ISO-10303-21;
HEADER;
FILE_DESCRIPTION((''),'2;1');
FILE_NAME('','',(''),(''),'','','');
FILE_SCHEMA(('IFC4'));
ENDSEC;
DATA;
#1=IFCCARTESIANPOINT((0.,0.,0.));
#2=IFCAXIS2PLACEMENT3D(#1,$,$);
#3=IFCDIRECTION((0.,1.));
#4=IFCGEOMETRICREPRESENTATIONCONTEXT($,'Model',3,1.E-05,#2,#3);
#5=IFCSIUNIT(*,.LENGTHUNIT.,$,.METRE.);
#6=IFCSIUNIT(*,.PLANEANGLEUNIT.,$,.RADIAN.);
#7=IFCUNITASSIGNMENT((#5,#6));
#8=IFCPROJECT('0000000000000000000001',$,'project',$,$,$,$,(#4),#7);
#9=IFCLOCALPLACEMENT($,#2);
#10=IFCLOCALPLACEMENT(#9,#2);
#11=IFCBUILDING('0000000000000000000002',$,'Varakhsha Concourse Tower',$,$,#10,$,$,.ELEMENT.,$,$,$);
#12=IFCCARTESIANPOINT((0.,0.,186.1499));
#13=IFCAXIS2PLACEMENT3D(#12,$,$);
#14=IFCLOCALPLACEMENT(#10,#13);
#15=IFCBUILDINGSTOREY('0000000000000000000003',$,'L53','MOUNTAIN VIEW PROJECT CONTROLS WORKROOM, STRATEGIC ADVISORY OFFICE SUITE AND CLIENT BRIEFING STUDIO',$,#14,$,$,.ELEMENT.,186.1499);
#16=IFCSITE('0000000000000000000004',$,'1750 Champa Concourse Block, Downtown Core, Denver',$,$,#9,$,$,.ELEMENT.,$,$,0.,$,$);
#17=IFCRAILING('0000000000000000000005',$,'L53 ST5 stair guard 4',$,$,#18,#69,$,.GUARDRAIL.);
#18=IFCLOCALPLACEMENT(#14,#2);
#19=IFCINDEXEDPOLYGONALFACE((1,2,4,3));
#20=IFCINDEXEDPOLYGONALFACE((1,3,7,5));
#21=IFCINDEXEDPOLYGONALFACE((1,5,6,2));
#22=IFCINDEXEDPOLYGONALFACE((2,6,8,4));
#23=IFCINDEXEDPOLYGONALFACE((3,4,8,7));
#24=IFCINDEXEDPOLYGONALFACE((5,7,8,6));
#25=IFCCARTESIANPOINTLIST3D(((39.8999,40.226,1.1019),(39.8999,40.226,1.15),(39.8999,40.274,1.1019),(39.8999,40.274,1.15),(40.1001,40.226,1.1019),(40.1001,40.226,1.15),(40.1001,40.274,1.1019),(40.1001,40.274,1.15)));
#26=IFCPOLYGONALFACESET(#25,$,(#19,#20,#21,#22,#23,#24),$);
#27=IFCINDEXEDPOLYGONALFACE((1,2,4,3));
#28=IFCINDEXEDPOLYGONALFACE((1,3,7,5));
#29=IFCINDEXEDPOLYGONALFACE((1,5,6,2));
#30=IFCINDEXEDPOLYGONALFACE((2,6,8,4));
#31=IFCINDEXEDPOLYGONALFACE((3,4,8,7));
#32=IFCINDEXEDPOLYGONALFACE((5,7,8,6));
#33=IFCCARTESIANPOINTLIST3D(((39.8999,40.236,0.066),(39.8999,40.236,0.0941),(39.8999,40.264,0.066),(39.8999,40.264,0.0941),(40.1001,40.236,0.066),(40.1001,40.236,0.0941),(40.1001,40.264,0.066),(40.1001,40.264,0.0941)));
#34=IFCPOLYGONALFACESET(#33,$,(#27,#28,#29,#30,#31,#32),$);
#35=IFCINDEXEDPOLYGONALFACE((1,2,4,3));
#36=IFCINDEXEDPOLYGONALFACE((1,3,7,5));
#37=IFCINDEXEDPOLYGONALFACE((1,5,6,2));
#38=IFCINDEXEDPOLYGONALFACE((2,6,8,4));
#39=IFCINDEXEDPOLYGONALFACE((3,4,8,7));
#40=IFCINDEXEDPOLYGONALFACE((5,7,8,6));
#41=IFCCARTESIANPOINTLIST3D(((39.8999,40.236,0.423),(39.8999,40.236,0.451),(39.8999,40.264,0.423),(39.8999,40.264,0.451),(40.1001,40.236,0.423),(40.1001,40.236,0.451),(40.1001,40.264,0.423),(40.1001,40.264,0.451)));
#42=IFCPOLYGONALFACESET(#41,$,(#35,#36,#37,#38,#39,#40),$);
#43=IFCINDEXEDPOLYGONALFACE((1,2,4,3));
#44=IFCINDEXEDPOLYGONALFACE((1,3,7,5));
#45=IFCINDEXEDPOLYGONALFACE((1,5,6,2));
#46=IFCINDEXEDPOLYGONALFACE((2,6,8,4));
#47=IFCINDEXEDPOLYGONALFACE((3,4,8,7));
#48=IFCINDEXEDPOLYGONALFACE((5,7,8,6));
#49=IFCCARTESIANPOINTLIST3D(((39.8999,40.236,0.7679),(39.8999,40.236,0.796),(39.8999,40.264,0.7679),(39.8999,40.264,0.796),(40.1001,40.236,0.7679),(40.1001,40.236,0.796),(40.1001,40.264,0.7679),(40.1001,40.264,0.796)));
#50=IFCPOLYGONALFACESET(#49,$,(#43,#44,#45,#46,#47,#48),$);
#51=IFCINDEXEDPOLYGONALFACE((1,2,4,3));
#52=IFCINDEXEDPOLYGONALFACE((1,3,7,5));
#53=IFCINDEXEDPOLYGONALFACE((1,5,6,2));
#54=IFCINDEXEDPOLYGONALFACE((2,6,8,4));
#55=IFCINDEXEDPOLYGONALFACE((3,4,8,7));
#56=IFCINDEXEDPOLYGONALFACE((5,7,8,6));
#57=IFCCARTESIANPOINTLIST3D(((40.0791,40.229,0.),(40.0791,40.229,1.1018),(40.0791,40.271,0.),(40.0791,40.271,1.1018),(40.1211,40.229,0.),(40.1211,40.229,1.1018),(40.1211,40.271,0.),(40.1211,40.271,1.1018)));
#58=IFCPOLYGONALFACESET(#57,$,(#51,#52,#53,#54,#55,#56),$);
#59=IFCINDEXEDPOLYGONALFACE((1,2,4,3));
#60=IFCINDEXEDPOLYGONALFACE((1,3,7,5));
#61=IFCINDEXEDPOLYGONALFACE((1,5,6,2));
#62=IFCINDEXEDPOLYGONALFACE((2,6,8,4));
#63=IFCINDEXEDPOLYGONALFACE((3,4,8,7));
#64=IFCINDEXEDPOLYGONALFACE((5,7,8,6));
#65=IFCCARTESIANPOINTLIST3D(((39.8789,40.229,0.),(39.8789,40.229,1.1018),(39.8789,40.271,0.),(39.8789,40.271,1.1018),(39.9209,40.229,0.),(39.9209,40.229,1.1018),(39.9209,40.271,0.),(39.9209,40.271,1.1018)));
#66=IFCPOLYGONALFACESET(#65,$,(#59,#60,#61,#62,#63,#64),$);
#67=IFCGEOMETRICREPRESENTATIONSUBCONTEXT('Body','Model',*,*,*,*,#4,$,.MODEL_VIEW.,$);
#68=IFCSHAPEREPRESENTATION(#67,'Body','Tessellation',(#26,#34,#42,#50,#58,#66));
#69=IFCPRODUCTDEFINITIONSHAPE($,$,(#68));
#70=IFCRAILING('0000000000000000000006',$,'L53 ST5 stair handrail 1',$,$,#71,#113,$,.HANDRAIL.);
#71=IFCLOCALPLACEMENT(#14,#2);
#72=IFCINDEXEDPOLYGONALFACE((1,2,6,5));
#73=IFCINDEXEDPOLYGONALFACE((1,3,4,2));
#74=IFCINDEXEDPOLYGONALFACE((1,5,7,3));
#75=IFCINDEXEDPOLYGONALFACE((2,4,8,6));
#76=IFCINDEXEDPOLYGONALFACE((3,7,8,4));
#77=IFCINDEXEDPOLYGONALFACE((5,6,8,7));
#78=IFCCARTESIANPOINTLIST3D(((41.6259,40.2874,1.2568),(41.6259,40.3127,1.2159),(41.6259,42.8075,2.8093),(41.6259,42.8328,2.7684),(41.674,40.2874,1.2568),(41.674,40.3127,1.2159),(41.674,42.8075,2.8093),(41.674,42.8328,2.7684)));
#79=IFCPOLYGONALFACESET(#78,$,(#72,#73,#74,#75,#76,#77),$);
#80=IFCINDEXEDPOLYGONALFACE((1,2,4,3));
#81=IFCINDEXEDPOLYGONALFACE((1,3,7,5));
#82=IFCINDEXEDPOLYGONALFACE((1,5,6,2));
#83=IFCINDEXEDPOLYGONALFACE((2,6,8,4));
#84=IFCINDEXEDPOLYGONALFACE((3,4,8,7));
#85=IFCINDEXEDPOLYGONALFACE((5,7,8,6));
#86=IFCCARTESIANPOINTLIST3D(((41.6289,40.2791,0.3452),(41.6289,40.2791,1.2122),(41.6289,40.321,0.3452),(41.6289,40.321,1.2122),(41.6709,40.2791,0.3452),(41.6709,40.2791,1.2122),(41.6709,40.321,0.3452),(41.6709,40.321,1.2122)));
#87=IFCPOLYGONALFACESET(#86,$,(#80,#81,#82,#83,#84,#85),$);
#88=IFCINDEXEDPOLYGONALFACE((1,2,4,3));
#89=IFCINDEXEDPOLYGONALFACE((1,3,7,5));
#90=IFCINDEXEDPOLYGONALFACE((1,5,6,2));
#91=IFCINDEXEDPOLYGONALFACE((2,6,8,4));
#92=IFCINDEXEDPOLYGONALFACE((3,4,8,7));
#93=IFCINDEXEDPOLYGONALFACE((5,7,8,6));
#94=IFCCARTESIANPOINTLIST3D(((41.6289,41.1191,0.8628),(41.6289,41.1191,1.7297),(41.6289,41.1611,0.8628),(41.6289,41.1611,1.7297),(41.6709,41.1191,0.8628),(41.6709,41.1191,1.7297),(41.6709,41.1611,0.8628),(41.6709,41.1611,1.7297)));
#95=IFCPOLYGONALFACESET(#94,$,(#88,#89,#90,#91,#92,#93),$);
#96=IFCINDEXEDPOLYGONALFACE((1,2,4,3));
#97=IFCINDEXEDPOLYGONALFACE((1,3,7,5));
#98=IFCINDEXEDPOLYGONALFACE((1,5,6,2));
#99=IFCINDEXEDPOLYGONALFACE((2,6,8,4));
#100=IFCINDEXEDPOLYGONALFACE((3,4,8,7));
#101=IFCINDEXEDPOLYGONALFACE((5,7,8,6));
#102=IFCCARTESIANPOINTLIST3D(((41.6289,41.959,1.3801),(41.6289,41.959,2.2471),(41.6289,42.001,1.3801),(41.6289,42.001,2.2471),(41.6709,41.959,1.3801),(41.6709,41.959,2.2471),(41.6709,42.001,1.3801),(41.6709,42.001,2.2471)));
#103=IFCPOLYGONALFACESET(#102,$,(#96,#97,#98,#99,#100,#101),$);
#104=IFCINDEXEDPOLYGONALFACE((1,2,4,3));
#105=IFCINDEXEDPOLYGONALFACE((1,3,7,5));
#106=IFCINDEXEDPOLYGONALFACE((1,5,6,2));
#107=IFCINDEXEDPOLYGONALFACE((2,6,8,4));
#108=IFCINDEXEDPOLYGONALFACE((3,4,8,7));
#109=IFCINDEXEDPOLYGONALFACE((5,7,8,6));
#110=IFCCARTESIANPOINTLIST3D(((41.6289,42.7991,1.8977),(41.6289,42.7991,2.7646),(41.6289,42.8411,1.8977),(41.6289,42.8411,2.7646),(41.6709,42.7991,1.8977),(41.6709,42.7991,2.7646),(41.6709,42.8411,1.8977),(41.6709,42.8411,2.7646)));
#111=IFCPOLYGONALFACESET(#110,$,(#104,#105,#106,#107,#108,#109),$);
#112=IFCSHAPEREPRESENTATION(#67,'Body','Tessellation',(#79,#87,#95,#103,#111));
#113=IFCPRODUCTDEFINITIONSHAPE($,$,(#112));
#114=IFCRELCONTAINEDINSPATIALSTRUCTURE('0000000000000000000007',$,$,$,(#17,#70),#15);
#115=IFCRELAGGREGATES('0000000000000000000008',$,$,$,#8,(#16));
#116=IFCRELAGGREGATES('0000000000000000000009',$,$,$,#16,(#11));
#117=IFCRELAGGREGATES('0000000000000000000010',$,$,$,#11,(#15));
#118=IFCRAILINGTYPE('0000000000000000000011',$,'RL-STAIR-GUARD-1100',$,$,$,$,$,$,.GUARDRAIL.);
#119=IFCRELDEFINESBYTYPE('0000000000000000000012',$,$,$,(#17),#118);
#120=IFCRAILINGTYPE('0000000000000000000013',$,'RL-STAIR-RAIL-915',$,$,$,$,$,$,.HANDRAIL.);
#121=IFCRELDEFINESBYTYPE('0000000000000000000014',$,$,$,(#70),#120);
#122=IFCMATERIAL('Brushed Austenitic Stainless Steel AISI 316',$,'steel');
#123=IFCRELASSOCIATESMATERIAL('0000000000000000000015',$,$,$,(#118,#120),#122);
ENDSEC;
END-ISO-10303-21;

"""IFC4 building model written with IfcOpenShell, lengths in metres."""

from ifc_helpers import new_model, si_unit, direction, frame, origin, origin_2d, place, context, subcontext, project, spatial, rectangle, extrude, material, type_object, element, save


model = new_model("IFC4")

# Units and contexts
model_context = context("Model", 3, precision=1e-05, world=origin(), true_north=direction((0.0, 1.0)))
body_context = subcontext(model_context, "Body", "Model", "MODEL_VIEW")
ifc_project = project(units=[si_unit("LENGTHUNIT", "METRE"), si_unit("PLANEANGLEUNIT", "RADIAN")], contexts=[model_context])

# Site, building, storey
site_placement = place(None, origin())
site = spatial("IfcSite", under=ifc_project, at=site_placement, Name="1750 Champa Concourse Block, Downtown Core, Denver", CompositionType="ELEMENT", RefElevation=0.0)
building_placement = place(site_placement, origin())
building = spatial("IfcBuilding", under=site, at=building_placement, Name="Varakhsha Concourse Tower", CompositionType="ELEMENT")
storey_placement = place(building_placement, frame((0.0, 0.0, 186.1499)))
storey = spatial("IfcBuildingStorey", under=building, at=storey_placement, Name="L53", Description="MOUNTAIN VIEW PROJECT CONTROLS WORKROOM, STRATEGIC ADVISORY OFFICE SUITE AND CLIENT BRIEFING STUDIO", CompositionType="ELEMENT", Elevation=186.1499)

# Railings
ifc_material_1 = material(Name="Brushed Austenitic Stainless Steel AISI 316", Category="steel")
railing_type_1 = type_object("IfcRailingType", Name="RL-STAIR-GUARD-1100", PredefinedType="GUARDRAIL", material=ifc_material_1)
railing_1_placement = place(storey_placement, frame((40.1001, 40.25, 0.0)))
element("IfcRailing", 1, at=railing_1_placement, inside=storey, type_object=railing_type_1, Name="L53 ST5 stair guard 4", PredefinedType="GUARDRAIL", context=body_context, shape_type="SweptSolid", body=[
    extrude(rectangle(XDim=0.0481, YDim=0.0481, at=origin_2d()), frame((0.0, 0.0, 1.126), z_axis=(-1.0, 0.0, 0.0), x_axis=(0.0, -1.0, 0.0)), (0.0, 0.0, 1.0), 0.2002),
    extrude(rectangle(XDim=0.0281, YDim=0.0281, at=origin_2d()), frame((0.0, 0.0, 0.0801), z_axis=(-1.0, 0.0, 0.0), x_axis=(0.0, -1.0, 0.0)), (0.0, 0.0, 1.0), 0.2002),
    extrude(rectangle(XDim=0.0281, YDim=0.0281, at=origin_2d()), frame((0.0, 0.0, 0.437), z_axis=(-1.0, 0.0, 0.0), x_axis=(0.0, -1.0, 0.0)), (0.0, 0.0, 1.0), 0.2002),
    extrude(rectangle(XDim=0.0281, YDim=0.0281, at=origin_2d()), frame((0.0, 0.0, 0.782), z_axis=(-1.0, 0.0, 0.0), x_axis=(0.0, -1.0, 0.0)), (0.0, 0.0, 1.0), 0.2002),
    extrude(rectangle(XDim=0.042, YDim=0.042, at=origin_2d()), origin(), (0.0, 0.0, 1.0), 1.1018),
    extrude(rectangle(XDim=0.042, YDim=0.042, at=origin_2d()), frame((-0.2002, 0.0, 0.0)), (0.0, 0.0, 1.0), 1.1018),
])
railing_type_2 = type_object("IfcRailingType", Name="RL-STAIR-RAIL-915", PredefinedType="HANDRAIL", material=ifc_material_1)
railing_2_placement = place(storey_placement, frame((41.6499, 40.3, 0.3452)))
element("IfcRailing", 2, at=railing_2_placement, inside=storey, type_object=railing_type_2, Name="L53 ST5 stair handrail 1", PredefinedType="HANDRAIL", context=body_context, shape_type="SweptSolid", body=[
    extrude(rectangle(XDim=0.0481, YDim=0.0481, at=origin_2d()), frame((0.0, 0.0, 0.8911), z_axis=(0.0, 0.8514, 0.524516), x_axis=(-1.0, 0.0, 0.0)), (0.0, 0.0, 1.0), 2.96),
    extrude(rectangle(XDim=0.042, YDim=0.042, at=origin_2d()), origin(), (0.0, 0.0, 1.0), 0.8669),
    extrude(rectangle(XDim=0.042, YDim=0.042, at=origin_2d()), frame((0.0, 0.8401, 0.5176)), (0.0, 0.0, 1.0), 0.8669),
    extrude(rectangle(XDim=0.042, YDim=0.042, at=origin_2d()), frame((0.0, 1.6799, 1.0349)), (0.0, 0.0, 1.0), 0.8669),
    extrude(rectangle(XDim=0.042, YDim=0.042, at=origin_2d()), frame((0.0, 2.52, 1.5525)), (0.0, 0.0, 1.0), 0.8669),
])

save(model, "model.ifc")
